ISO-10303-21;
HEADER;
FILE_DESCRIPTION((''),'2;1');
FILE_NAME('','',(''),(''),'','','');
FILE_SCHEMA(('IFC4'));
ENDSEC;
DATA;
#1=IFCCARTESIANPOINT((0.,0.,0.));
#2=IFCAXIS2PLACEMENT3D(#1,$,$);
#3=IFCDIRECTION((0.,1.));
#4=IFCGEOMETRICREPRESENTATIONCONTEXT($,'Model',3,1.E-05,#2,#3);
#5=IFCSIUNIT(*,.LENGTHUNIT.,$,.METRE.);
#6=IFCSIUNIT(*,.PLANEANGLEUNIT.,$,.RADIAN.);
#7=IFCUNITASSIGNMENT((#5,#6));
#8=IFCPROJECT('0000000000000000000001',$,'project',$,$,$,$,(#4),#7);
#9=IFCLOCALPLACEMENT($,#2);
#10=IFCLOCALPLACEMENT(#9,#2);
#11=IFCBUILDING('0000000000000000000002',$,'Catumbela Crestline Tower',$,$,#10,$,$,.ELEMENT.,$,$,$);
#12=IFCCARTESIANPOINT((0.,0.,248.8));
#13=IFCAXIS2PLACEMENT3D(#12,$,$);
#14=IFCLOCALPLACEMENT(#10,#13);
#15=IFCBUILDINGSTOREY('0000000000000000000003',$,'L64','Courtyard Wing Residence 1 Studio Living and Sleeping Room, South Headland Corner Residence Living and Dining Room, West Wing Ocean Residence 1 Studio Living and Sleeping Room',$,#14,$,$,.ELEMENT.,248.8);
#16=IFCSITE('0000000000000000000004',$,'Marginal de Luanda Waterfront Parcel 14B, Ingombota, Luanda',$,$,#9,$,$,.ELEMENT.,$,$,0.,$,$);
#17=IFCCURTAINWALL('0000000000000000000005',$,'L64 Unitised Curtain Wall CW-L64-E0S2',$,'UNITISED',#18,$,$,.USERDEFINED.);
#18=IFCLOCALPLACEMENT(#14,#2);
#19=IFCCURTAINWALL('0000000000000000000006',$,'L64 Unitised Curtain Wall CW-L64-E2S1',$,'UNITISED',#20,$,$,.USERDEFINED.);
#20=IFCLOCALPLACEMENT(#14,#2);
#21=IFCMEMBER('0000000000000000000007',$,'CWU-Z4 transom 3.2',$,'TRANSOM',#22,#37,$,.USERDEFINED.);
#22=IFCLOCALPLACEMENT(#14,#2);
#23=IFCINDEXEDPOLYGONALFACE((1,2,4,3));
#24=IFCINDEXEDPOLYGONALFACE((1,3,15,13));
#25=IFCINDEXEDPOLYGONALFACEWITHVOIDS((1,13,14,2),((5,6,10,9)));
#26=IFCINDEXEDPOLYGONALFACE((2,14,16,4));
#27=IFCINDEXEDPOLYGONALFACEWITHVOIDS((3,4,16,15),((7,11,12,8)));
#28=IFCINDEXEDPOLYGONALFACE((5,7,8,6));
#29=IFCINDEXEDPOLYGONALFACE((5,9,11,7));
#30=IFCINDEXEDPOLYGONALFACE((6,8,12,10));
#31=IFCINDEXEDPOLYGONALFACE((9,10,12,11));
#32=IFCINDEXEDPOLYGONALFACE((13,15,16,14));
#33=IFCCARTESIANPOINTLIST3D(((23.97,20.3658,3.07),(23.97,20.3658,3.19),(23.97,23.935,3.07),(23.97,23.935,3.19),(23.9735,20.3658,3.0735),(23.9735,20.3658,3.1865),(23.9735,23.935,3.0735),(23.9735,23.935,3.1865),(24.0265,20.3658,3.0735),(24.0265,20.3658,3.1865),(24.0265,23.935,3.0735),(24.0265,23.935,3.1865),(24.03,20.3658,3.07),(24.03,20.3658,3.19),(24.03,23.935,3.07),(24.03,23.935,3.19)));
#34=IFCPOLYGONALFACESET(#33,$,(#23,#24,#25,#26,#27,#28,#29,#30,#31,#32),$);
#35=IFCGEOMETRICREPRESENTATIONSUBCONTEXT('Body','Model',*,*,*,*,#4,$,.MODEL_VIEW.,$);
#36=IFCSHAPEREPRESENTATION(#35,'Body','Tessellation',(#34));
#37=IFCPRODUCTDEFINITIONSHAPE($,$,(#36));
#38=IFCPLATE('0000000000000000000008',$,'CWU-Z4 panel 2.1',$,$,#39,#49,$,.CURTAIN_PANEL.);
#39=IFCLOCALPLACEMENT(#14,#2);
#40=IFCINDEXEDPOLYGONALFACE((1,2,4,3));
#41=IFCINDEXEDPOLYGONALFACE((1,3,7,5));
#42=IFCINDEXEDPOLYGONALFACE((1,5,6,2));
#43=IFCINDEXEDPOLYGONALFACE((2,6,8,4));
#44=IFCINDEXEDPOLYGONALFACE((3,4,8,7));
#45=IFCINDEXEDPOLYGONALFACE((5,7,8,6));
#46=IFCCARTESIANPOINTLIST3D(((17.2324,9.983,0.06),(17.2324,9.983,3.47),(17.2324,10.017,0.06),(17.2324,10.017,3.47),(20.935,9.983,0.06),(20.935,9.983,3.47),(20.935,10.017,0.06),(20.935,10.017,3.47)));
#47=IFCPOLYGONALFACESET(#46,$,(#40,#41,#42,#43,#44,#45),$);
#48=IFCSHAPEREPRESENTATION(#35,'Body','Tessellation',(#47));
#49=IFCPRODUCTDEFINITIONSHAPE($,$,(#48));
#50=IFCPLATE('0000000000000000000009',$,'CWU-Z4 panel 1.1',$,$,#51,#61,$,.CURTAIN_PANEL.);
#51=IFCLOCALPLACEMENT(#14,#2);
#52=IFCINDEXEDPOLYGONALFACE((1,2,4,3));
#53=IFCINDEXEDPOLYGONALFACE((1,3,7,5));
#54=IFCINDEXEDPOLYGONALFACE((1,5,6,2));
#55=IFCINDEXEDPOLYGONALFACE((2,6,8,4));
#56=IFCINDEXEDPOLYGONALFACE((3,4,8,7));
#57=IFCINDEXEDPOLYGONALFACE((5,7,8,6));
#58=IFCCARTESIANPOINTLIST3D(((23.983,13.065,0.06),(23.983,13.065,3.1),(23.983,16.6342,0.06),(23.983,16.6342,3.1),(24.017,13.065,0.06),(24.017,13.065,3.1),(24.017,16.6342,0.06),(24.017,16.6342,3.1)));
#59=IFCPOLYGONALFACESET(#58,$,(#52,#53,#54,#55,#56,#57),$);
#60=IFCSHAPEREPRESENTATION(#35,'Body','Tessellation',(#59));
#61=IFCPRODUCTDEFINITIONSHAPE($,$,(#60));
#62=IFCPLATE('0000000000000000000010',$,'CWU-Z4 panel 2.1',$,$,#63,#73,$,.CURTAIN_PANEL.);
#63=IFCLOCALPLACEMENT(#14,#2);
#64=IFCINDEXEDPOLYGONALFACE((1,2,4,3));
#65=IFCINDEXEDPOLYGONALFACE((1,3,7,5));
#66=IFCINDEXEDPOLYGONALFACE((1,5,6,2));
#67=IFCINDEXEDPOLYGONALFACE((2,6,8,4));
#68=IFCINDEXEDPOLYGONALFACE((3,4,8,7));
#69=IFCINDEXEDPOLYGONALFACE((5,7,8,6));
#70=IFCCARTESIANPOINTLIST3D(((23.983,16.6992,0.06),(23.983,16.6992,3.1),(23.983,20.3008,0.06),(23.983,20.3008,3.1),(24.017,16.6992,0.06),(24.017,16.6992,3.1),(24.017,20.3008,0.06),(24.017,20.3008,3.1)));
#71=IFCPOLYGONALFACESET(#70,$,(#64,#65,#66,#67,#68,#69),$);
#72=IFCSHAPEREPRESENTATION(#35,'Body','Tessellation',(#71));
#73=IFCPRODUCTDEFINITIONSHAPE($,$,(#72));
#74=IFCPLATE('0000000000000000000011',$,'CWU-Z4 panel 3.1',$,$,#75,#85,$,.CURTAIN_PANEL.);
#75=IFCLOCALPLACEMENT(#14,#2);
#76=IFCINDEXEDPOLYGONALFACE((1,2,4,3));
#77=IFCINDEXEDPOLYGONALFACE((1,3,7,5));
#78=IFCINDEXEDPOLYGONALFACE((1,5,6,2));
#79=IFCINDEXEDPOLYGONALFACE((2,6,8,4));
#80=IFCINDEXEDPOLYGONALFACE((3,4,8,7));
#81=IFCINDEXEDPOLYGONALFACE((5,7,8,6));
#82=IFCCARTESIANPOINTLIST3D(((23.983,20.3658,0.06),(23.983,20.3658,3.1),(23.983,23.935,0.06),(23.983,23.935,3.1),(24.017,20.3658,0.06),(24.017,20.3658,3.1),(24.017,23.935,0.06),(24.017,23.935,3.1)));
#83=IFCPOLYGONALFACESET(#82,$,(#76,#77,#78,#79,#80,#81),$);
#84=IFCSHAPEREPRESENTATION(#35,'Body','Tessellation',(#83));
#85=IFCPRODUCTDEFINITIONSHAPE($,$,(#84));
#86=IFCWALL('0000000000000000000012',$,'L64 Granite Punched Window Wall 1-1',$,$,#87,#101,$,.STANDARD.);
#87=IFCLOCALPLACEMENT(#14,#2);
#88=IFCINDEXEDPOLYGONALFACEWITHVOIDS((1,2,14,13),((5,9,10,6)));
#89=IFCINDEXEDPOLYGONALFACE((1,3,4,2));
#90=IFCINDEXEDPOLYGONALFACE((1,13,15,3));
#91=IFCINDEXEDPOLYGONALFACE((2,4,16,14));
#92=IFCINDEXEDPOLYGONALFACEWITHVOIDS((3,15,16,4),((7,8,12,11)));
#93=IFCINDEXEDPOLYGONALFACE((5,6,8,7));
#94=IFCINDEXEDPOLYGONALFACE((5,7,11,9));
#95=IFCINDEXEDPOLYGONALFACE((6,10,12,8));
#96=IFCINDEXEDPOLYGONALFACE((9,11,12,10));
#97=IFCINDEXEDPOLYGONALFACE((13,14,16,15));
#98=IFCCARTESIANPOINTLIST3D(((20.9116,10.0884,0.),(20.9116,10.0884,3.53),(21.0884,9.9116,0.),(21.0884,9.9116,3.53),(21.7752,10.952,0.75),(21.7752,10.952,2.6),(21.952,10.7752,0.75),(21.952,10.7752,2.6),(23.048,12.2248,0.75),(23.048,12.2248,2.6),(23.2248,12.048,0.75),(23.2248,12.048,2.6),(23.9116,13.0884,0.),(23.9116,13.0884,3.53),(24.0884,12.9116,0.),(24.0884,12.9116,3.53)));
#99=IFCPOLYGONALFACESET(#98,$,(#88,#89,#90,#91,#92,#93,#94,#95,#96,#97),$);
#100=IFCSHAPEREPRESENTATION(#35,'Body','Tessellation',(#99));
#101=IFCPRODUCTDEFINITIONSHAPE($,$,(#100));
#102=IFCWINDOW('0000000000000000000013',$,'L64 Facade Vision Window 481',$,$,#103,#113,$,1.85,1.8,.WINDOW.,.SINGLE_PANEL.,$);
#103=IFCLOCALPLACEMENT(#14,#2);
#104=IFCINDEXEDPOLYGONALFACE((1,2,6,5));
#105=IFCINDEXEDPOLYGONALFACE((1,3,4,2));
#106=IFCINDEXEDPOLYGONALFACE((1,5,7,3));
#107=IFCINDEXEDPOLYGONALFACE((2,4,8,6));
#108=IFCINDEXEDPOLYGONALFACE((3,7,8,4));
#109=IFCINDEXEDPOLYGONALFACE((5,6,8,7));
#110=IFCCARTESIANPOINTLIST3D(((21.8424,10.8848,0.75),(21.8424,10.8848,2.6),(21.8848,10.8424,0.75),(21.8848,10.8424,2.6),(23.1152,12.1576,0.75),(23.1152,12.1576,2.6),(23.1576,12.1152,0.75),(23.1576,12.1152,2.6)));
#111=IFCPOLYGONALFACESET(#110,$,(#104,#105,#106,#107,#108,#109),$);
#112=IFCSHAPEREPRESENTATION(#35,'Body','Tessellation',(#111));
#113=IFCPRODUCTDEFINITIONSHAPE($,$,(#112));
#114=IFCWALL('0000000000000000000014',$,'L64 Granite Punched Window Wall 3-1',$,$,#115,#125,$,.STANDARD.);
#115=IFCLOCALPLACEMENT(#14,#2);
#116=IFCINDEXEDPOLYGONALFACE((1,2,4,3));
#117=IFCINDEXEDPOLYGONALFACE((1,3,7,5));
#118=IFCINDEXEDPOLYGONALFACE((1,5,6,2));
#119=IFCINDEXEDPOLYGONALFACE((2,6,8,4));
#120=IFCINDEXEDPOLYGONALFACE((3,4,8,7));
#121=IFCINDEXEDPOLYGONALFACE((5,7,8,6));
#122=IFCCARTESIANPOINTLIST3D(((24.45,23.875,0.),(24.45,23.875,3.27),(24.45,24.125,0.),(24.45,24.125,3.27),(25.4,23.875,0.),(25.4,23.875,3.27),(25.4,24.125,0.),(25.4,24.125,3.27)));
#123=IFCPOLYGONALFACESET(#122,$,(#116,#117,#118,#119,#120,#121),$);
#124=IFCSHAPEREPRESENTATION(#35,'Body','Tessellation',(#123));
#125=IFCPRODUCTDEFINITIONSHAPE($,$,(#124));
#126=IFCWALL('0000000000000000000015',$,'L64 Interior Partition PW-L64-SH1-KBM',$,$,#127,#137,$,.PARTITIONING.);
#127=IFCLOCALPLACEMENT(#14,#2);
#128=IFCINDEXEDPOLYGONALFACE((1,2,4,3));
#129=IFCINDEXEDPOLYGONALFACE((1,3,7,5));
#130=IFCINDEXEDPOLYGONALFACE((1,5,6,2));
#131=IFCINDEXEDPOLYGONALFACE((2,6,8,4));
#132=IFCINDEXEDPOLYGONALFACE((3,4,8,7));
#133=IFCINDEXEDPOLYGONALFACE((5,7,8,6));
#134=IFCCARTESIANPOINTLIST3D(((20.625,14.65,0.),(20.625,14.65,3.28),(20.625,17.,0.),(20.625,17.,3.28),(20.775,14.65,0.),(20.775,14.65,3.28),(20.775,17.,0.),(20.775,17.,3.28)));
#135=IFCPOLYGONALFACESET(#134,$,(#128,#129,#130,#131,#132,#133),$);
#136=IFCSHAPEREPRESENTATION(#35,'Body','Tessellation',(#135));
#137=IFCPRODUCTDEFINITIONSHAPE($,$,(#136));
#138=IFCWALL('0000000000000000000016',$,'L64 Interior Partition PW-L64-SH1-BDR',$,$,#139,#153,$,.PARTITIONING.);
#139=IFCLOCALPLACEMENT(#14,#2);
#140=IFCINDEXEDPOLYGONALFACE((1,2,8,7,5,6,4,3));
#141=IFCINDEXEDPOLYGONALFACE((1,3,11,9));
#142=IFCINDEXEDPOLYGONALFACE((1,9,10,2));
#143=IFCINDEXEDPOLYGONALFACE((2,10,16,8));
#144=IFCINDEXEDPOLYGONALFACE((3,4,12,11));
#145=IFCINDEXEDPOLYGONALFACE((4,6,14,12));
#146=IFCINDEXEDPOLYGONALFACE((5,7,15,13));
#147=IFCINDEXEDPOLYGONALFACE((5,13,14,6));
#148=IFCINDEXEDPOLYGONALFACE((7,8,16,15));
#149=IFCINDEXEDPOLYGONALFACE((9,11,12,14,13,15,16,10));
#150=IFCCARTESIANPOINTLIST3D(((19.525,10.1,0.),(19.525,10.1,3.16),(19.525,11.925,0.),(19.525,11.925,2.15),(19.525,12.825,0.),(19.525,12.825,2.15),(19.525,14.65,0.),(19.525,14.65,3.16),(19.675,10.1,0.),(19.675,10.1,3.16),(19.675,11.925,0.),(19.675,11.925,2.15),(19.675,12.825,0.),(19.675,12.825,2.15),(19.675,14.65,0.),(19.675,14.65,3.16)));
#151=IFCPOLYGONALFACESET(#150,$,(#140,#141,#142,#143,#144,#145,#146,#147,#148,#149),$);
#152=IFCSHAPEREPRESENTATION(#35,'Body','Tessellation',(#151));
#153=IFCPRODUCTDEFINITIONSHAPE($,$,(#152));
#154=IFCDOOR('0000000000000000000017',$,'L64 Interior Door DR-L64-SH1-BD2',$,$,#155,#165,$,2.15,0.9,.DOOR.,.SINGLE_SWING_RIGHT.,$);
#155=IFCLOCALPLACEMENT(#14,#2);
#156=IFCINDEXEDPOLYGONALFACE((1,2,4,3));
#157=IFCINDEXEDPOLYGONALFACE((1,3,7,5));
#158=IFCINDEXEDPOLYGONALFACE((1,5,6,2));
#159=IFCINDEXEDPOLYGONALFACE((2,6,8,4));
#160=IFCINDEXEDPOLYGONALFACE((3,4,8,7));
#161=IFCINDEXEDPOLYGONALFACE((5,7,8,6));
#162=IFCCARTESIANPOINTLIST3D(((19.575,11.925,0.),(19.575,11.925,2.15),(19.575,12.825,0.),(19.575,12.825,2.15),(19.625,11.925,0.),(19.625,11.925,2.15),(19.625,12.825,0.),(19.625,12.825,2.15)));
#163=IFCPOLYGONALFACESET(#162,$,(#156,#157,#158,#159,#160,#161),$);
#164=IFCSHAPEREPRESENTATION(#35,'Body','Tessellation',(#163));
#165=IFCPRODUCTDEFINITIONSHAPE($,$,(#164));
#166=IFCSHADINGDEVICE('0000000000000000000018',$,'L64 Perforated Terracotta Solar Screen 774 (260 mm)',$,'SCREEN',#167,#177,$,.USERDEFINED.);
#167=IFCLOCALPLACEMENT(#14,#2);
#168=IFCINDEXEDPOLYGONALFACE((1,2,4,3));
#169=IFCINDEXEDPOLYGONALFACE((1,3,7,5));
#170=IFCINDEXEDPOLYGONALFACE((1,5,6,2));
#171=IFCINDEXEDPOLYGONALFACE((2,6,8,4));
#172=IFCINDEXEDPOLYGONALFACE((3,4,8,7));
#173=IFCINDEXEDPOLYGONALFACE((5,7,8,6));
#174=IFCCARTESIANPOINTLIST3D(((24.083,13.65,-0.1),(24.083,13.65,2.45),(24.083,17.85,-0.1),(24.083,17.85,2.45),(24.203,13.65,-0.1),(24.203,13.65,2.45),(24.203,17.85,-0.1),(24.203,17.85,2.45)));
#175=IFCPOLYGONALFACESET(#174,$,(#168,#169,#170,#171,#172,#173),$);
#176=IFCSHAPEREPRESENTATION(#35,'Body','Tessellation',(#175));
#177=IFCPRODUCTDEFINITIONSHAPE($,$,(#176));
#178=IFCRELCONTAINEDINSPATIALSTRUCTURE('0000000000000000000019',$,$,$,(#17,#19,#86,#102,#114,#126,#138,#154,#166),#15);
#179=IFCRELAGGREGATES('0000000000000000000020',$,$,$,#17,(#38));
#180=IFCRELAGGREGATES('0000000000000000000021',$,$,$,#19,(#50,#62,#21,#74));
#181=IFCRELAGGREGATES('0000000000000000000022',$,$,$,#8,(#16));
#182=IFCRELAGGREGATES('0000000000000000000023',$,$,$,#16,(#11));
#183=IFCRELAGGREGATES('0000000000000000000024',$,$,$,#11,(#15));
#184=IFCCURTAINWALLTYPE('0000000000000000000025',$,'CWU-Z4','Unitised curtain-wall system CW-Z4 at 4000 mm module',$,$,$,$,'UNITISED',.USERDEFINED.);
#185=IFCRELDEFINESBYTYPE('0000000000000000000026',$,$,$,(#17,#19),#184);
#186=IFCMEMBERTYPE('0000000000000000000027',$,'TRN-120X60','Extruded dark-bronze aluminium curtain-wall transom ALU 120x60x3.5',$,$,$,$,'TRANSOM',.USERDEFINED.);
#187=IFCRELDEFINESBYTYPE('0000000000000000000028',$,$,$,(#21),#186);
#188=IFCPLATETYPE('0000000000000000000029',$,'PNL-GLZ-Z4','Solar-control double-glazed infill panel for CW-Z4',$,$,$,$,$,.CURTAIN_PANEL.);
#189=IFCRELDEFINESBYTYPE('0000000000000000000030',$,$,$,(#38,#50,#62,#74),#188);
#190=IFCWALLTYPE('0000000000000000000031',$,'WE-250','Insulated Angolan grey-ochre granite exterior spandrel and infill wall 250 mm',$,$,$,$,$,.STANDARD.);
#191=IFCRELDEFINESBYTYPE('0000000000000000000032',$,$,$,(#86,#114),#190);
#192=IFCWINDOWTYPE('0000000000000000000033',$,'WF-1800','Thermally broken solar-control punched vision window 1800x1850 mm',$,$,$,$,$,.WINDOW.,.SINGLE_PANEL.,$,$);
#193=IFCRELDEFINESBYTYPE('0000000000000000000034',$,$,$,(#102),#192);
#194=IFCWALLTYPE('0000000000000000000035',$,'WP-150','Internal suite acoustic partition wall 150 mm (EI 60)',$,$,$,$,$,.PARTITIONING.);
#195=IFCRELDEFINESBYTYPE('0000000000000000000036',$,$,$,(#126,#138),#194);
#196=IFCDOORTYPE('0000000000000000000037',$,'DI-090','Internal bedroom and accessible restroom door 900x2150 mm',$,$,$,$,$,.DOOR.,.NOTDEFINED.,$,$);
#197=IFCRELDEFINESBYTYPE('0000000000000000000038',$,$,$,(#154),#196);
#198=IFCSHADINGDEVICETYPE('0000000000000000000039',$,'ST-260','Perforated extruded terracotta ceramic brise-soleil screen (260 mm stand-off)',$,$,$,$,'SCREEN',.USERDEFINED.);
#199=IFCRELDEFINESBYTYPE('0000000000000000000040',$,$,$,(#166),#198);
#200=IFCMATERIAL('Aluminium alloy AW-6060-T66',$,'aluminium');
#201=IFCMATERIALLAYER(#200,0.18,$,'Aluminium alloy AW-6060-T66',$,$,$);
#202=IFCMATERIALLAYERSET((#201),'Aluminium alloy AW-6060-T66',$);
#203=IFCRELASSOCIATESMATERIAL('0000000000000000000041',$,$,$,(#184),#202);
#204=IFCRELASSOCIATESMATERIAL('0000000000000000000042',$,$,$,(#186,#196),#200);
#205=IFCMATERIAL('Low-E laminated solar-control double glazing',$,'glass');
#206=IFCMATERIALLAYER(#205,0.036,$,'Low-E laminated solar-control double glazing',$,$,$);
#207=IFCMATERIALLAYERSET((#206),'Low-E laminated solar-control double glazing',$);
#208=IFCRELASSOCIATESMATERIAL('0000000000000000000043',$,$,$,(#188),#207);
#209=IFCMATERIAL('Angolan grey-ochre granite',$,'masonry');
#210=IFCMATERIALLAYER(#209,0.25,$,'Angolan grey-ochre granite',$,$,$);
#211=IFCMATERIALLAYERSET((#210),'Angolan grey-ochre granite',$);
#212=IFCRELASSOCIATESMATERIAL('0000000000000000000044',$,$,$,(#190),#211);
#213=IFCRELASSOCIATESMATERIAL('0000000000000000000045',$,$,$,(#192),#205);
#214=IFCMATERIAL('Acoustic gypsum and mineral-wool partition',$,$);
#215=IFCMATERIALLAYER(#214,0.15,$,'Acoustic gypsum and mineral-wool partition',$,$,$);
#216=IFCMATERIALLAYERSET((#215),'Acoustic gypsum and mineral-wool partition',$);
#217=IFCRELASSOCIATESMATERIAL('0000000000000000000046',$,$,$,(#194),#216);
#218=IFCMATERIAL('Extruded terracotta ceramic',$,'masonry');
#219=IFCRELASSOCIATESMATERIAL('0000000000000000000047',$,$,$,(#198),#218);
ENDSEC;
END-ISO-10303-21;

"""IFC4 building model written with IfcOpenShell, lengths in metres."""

from ifc_helpers import new_model, si_unit, direction, frame, frame_2d, origin, origin_2d, place, context, subcontext, project, spatial, rectangle, hollow_rectangle, extrude, material, layer, layer_set, material_profile, profile_set, type_object, element, fill, aggregate, save


model = new_model("IFC4")

# Units and contexts
model_context = context("Model", 3, precision=1e-05, world=origin(), true_north=direction((0.0, 1.0)))
body_context = subcontext(model_context, "Body", "Model", "MODEL_VIEW")
ifc_project = project(units=[si_unit("LENGTHUNIT", "METRE"), si_unit("PLANEANGLEUNIT", "RADIAN")], contexts=[model_context])

# Site, building, storey
site_placement = place(None, origin())
site = spatial("IfcSite", under=ifc_project, at=site_placement, Name="Marginal de Luanda Waterfront Parcel 14B, Ingombota, Luanda", CompositionType="ELEMENT", RefElevation=0.0)
building_placement = place(site_placement, origin())
building = spatial("IfcBuilding", under=site, at=building_placement, Name="Catumbela Crestline Tower", CompositionType="ELEMENT")
storey_placement = place(building_placement, frame((0.0, 0.0, 248.8)))
storey = spatial("IfcBuildingStorey", under=building, at=storey_placement, Name="L64", Description="Courtyard Wing Residence 1 Studio Living and Sleeping Room, South Headland Corner Residence Living and Dining Room, West Wing Ocean Residence 1 Studio Living and Sleeping Room", CompositionType="ELEMENT", Elevation=248.8)

# Curtain wall
ifc_material_1 = material(Name="Aluminium alloy AW-6060-T66", Category="aluminium")
ifc_layer_1 = layer(ifc_material_1, 0.18, Name="Aluminium alloy AW-6060-T66")
ifc_layer_set_1 = layer_set([ifc_layer_1], Name="Aluminium alloy AW-6060-T66")
curtain_wall_type = type_object("IfcCurtainWallType", Name="CWU-Z4", Description="Unitised curtain-wall system CW-Z4 at 4000 mm module", ElementType="UNITISED", PredefinedType="USERDEFINED", material=ifc_layer_set_1)
curtain_wall_1_placement = place(storey_placement, origin())
curtain_wall_1 = element("IfcCurtainWall", 1, at=curtain_wall_1_placement, inside=storey, type_object=curtain_wall_type, Name="L64 Unitised Curtain Wall CW-L64-E0S2", ObjectType="UNITISED", PredefinedType="USERDEFINED")

# Curtain wall
curtain_wall_2_placement = place(storey_placement, origin())
curtain_wall_2 = element("IfcCurtainWall", 2, at=curtain_wall_2_placement, inside=storey, type_object=curtain_wall_type, Name="L64 Unitised Curtain Wall CW-L64-E2S1", ObjectType="UNITISED", PredefinedType="USERDEFINED")

# Member
ifc_material_profile_1 = material_profile(ifc_material_1, hollow_rectangle(XDim=0.06, YDim=0.12, WallThickness=0.0035, at=origin_2d()), Name="ALU 120x60x3.5")
ifc_profile_set_1 = profile_set([ifc_material_profile_1], Name="Aluminium alloy AW-6060-T66")
member_type_1 = type_object("IfcMemberType", Name="TRN-120X60", Description="Extruded dark-bronze aluminium curtain-wall transom ALU 120x60x3.5", ElementType="TRANSOM", PredefinedType="USERDEFINED", material=ifc_profile_set_1)
member_1_placement = place(storey_placement, frame((24.0, 20.3658, 3.13), z_axis=(0.0, 1.0, 0.0), x_axis=(-1.0, 0.0, 0.0)))
member_1 = element("IfcMember", 3, at=member_1_placement, type_object=member_type_1, Name="CWU-Z4 transom 3.2", ObjectType="TRANSOM", PredefinedType="USERDEFINED", context=body_context, shape_type="SweptSolid", body=[
    extrude(hollow_rectangle(XDim=0.06, YDim=0.12, WallThickness=0.0035, at=origin_2d()), origin(), (0.0, 0.0, 1.0), 3.5692),
])

# Plates
ifc_material_2 = material(Name="Low-E laminated solar-control double glazing", Category="glass")
ifc_layer_2 = layer(ifc_material_2, 0.036, Name="Low-E laminated solar-control double glazing")
ifc_layer_set_2 = layer_set([ifc_layer_2], Name="Low-E laminated solar-control double glazing")
plate_type = type_object("IfcPlateType", Name="PNL-GLZ-Z4", Description="Solar-control double-glazed infill panel for CW-Z4", PredefinedType="CURTAIN_PANEL", material=ifc_layer_set_2)
plate_1_placement = place(storey_placement, frame((19.0837, 10.0, 0.06), z_axis=(0.0, 0.0, 1.0), x_axis=(1.0, 0.0, 0.0)))
plate_1 = element("IfcPlate", 4, at=plate_1_placement, type_object=plate_type, Name="CWU-Z4 panel 2.1", PredefinedType="CURTAIN_PANEL", context=body_context, shape_type="SweptSolid", body=[
    extrude(rectangle(XDim=3.7025, YDim=0.034, at=origin_2d()), origin(), (0.0, 0.0, 1.0), 3.41),
])
aggregate(curtain_wall_1, [plate_1])
plate_2_placement = place(storey_placement, frame((24.0, 14.8496, 0.06), z_axis=(0.0, 0.0, 1.0), x_axis=(0.0, 1.0, 0.0)))
plate_2 = element("IfcPlate", 5, at=plate_2_placement, type_object=plate_type, Name="CWU-Z4 panel 1.1", PredefinedType="CURTAIN_PANEL", context=body_context, shape_type="SweptSolid", body=[
    extrude(rectangle(XDim=3.5692, YDim=0.034, at=origin_2d()), origin(), (0.0, 0.0, 1.0), 3.04),
])
plate_3_placement = place(storey_placement, frame((24.0, 18.5, 0.06), z_axis=(0.0, 0.0, 1.0), x_axis=(0.0, 1.0, 0.0)))
plate_3 = element("IfcPlate", 6, at=plate_3_placement, type_object=plate_type, Name="CWU-Z4 panel 2.1", PredefinedType="CURTAIN_PANEL", context=body_context, shape_type="SweptSolid", body=[
    extrude(rectangle(XDim=3.6017, YDim=0.034, at=origin_2d()), origin(), (0.0, 0.0, 1.0), 3.04),
])
plate_4_placement = place(storey_placement, frame((24.0, 22.1504, 0.06), z_axis=(0.0, 0.0, 1.0), x_axis=(0.0, 1.0, 0.0)))
plate_4 = element("IfcPlate", 7, at=plate_4_placement, type_object=plate_type, Name="CWU-Z4 panel 3.1", PredefinedType="CURTAIN_PANEL", context=body_context, shape_type="SweptSolid", body=[
    extrude(rectangle(XDim=3.5692, YDim=0.034, at=origin_2d()), origin(), (0.0, 0.0, 1.0), 3.04),
])
aggregate(curtain_wall_2, [plate_2, plate_3, member_1, plate_4])

# Wall, opening, window
ifc_material_3 = material(Name="Angolan grey-ochre granite", Category="masonry")
ifc_layer_3 = layer(ifc_material_3, 0.25, Name="Angolan grey-ochre granite")
ifc_layer_set_3 = layer_set([ifc_layer_3], Name="Angolan grey-ochre granite")
wall_type_1 = type_object("IfcWallType", Name="WE-250", Description="Insulated Angolan grey-ochre granite exterior spandrel and infill wall 250 mm", PredefinedType="STANDARD", material=ifc_layer_set_3)
wall_1_placement = place(storey_placement, frame((21.0, 10.0, 0.0), z_axis=(0.0, 0.0, 1.0), x_axis=(0.707107, 0.707107, 0.0)))
wall_1 = element("IfcWall", 8, at=wall_1_placement, inside=storey, type_object=wall_type_1, Name="L64 Granite Punched Window Wall 1-1", PredefinedType="STANDARD", context=body_context, shape_type="SweptSolid", body=[
    extrude(rectangle(XDim=4.2426, YDim=0.25, at=frame_2d((2.1213, 0.0))), origin(), (0.0, 0.0, 1.0), 3.53),
])
opening_1_placement = place(wall_1_placement, frame((1.2213, 0.0, 0.75)))
opening_1 = element("IfcOpeningElement", 9, at=opening_1_placement, cuts=wall_1, PredefinedType="OPENING", context=body_context, shape_type="SweptSolid", body=[
    extrude(rectangle(XDim=1.8, YDim=1.85, at=frame_2d((0.9, 0.925))), frame((0.0, 0.135, 0.0), z_axis=(0.0, -1.0, 0.0), x_axis=(1.0, 0.0, 0.0)), (0.0, 0.0, 1.0), 0.27),
])
window_type = type_object("IfcWindowType", Name="WF-1800", Description="Thermally broken solar-control punched vision window 1800x1850 mm", PartitioningType="SINGLE_PANEL", PredefinedType="WINDOW", material=ifc_material_2)
window_placement = place(opening_1_placement, origin())
window = element("IfcWindow", 10, at=window_placement, inside=storey, type_object=window_type, Name="L64 Facade Vision Window 481", OverallHeight=1.85, OverallWidth=1.8, PartitioningType="SINGLE_PANEL", PredefinedType="WINDOW", context=body_context, shape_type="SweptSolid", body=[
    extrude(rectangle(XDim=1.8, YDim=1.85, at=frame_2d((0.9, 0.925))), frame((0.0, 0.03, 0.0), z_axis=(0.0, -1.0, 0.0), x_axis=(1.0, 0.0, 0.0)), (0.0, 0.0, 1.0), 0.06),
])
fill(opening_1, window)

# Walls
wall_2_placement = place(storey_placement, frame((24.45, 24.0, 0.0), z_axis=(0.0, 0.0, 1.0), x_axis=(1.0, 0.0, 0.0)))
element("IfcWall", 11, at=wall_2_placement, inside=storey, type_object=wall_type_1, Name="L64 Granite Punched Window Wall 3-1", PredefinedType="STANDARD", context=body_context, shape_type="SweptSolid", body=[
    extrude(rectangle(XDim=0.95, YDim=0.25, at=frame_2d((0.475, 0.0))), origin(), (0.0, 0.0, 1.0), 3.27),
])
ifc_material_4 = material(Name="Acoustic gypsum and mineral-wool partition")
ifc_layer_4 = layer(ifc_material_4, 0.15, Name="Acoustic gypsum and mineral-wool partition")
ifc_layer_set_4 = layer_set([ifc_layer_4], Name="Acoustic gypsum and mineral-wool partition")
wall_type_2 = type_object("IfcWallType", Name="WP-150", Description="Internal suite acoustic partition wall 150 mm (EI 60)", PredefinedType="PARTITIONING", material=ifc_layer_set_4)
wall_3_placement = place(storey_placement, frame((20.7, 14.65, 0.0), z_axis=(0.0, 0.0, 1.0), x_axis=(0.0, 1.0, 0.0)))
element("IfcWall", 12, at=wall_3_placement, inside=storey, type_object=wall_type_2, Name="L64 Interior Partition PW-L64-SH1-KBM", PredefinedType="PARTITIONING", context=body_context, shape_type="SweptSolid", body=[
    extrude(rectangle(XDim=2.35, YDim=0.15, at=frame_2d((1.175, 0.0))), origin(), (0.0, 0.0, 1.0), 3.28),
])

# Wall, opening, door
wall_4_placement = place(storey_placement, frame((19.6, 10.1, 0.0), z_axis=(0.0, 0.0, 1.0), x_axis=(0.0, 1.0, 0.0)))
wall_4 = element("IfcWall", 13, at=wall_4_placement, inside=storey, type_object=wall_type_2, Name="L64 Interior Partition PW-L64-SH1-BDR", PredefinedType="PARTITIONING", context=body_context, shape_type="SweptSolid", body=[
    extrude(rectangle(XDim=4.55, YDim=0.15, at=frame_2d((2.275, 0.0))), origin(), (0.0, 0.0, 1.0), 3.16),
])
opening_2_placement = place(wall_4_placement, frame((1.825, 0.0, 0.0)))
opening_2 = element("IfcOpeningElement", 14, at=opening_2_placement, cuts=wall_4, PredefinedType="OPENING", context=body_context, shape_type="SweptSolid", body=[
    extrude(rectangle(XDim=0.9, YDim=2.15, at=frame_2d((0.45, 1.075))), frame((0.0, 0.085, 0.0), z_axis=(0.0, -1.0, 0.0), x_axis=(1.0, 0.0, 0.0)), (0.0, 0.0, 1.0), 0.17),
])
door_type = type_object("IfcDoorType", Name="DI-090", Description="Internal bedroom and accessible restroom door 900x2150 mm", OperationType="NOTDEFINED", PredefinedType="DOOR", material=ifc_material_1)
door_placement = place(opening_2_placement, origin())
door = element("IfcDoor", 15, at=door_placement, inside=storey, type_object=door_type, Name="L64 Interior Door DR-L64-SH1-BD2", OperationType="SINGLE_SWING_RIGHT", OverallHeight=2.15, OverallWidth=0.9, PredefinedType="DOOR", context=body_context, shape_type="SweptSolid", body=[
    extrude(rectangle(XDim=0.9, YDim=2.15, at=frame_2d((0.45, 1.075))), frame((0.0, 0.025, 0.0), z_axis=(0.0, -1.0, 0.0), x_axis=(1.0, 0.0, 0.0)), (0.0, 0.0, 1.0), 0.05),
])
fill(opening_2, door)

# Shading device
ifc_material_5 = material(Name="Extruded terracotta ceramic", Category="masonry")
shading_device_type_1 = type_object("IfcShadingDeviceType", Name="ST-260", Description="Perforated extruded terracotta ceramic brise-soleil screen (260 mm stand-off)", ElementType="SCREEN", PredefinedType="USERDEFINED", material=ifc_material_5)
shading_device_1_placement = place(storey_placement, frame((24.143, 15.75, -0.1), z_axis=(0.0, 0.0, 1.0), x_axis=(0.0, 1.0, 0.0)))
element("IfcShadingDevice", 16, at=shading_device_1_placement, inside=storey, type_object=shading_device_type_1, Name="L64 Perforated Terracotta Solar Screen 774 (260 mm)", ObjectType="SCREEN", PredefinedType="USERDEFINED", context=body_context, shape_type="SweptSolid", body=[
    extrude(rectangle(XDim=4.2, YDim=0.12, at=origin_2d()), origin(), (0.0, 0.0, 1.0), 2.55),
])

save(model, "model.ifc")
